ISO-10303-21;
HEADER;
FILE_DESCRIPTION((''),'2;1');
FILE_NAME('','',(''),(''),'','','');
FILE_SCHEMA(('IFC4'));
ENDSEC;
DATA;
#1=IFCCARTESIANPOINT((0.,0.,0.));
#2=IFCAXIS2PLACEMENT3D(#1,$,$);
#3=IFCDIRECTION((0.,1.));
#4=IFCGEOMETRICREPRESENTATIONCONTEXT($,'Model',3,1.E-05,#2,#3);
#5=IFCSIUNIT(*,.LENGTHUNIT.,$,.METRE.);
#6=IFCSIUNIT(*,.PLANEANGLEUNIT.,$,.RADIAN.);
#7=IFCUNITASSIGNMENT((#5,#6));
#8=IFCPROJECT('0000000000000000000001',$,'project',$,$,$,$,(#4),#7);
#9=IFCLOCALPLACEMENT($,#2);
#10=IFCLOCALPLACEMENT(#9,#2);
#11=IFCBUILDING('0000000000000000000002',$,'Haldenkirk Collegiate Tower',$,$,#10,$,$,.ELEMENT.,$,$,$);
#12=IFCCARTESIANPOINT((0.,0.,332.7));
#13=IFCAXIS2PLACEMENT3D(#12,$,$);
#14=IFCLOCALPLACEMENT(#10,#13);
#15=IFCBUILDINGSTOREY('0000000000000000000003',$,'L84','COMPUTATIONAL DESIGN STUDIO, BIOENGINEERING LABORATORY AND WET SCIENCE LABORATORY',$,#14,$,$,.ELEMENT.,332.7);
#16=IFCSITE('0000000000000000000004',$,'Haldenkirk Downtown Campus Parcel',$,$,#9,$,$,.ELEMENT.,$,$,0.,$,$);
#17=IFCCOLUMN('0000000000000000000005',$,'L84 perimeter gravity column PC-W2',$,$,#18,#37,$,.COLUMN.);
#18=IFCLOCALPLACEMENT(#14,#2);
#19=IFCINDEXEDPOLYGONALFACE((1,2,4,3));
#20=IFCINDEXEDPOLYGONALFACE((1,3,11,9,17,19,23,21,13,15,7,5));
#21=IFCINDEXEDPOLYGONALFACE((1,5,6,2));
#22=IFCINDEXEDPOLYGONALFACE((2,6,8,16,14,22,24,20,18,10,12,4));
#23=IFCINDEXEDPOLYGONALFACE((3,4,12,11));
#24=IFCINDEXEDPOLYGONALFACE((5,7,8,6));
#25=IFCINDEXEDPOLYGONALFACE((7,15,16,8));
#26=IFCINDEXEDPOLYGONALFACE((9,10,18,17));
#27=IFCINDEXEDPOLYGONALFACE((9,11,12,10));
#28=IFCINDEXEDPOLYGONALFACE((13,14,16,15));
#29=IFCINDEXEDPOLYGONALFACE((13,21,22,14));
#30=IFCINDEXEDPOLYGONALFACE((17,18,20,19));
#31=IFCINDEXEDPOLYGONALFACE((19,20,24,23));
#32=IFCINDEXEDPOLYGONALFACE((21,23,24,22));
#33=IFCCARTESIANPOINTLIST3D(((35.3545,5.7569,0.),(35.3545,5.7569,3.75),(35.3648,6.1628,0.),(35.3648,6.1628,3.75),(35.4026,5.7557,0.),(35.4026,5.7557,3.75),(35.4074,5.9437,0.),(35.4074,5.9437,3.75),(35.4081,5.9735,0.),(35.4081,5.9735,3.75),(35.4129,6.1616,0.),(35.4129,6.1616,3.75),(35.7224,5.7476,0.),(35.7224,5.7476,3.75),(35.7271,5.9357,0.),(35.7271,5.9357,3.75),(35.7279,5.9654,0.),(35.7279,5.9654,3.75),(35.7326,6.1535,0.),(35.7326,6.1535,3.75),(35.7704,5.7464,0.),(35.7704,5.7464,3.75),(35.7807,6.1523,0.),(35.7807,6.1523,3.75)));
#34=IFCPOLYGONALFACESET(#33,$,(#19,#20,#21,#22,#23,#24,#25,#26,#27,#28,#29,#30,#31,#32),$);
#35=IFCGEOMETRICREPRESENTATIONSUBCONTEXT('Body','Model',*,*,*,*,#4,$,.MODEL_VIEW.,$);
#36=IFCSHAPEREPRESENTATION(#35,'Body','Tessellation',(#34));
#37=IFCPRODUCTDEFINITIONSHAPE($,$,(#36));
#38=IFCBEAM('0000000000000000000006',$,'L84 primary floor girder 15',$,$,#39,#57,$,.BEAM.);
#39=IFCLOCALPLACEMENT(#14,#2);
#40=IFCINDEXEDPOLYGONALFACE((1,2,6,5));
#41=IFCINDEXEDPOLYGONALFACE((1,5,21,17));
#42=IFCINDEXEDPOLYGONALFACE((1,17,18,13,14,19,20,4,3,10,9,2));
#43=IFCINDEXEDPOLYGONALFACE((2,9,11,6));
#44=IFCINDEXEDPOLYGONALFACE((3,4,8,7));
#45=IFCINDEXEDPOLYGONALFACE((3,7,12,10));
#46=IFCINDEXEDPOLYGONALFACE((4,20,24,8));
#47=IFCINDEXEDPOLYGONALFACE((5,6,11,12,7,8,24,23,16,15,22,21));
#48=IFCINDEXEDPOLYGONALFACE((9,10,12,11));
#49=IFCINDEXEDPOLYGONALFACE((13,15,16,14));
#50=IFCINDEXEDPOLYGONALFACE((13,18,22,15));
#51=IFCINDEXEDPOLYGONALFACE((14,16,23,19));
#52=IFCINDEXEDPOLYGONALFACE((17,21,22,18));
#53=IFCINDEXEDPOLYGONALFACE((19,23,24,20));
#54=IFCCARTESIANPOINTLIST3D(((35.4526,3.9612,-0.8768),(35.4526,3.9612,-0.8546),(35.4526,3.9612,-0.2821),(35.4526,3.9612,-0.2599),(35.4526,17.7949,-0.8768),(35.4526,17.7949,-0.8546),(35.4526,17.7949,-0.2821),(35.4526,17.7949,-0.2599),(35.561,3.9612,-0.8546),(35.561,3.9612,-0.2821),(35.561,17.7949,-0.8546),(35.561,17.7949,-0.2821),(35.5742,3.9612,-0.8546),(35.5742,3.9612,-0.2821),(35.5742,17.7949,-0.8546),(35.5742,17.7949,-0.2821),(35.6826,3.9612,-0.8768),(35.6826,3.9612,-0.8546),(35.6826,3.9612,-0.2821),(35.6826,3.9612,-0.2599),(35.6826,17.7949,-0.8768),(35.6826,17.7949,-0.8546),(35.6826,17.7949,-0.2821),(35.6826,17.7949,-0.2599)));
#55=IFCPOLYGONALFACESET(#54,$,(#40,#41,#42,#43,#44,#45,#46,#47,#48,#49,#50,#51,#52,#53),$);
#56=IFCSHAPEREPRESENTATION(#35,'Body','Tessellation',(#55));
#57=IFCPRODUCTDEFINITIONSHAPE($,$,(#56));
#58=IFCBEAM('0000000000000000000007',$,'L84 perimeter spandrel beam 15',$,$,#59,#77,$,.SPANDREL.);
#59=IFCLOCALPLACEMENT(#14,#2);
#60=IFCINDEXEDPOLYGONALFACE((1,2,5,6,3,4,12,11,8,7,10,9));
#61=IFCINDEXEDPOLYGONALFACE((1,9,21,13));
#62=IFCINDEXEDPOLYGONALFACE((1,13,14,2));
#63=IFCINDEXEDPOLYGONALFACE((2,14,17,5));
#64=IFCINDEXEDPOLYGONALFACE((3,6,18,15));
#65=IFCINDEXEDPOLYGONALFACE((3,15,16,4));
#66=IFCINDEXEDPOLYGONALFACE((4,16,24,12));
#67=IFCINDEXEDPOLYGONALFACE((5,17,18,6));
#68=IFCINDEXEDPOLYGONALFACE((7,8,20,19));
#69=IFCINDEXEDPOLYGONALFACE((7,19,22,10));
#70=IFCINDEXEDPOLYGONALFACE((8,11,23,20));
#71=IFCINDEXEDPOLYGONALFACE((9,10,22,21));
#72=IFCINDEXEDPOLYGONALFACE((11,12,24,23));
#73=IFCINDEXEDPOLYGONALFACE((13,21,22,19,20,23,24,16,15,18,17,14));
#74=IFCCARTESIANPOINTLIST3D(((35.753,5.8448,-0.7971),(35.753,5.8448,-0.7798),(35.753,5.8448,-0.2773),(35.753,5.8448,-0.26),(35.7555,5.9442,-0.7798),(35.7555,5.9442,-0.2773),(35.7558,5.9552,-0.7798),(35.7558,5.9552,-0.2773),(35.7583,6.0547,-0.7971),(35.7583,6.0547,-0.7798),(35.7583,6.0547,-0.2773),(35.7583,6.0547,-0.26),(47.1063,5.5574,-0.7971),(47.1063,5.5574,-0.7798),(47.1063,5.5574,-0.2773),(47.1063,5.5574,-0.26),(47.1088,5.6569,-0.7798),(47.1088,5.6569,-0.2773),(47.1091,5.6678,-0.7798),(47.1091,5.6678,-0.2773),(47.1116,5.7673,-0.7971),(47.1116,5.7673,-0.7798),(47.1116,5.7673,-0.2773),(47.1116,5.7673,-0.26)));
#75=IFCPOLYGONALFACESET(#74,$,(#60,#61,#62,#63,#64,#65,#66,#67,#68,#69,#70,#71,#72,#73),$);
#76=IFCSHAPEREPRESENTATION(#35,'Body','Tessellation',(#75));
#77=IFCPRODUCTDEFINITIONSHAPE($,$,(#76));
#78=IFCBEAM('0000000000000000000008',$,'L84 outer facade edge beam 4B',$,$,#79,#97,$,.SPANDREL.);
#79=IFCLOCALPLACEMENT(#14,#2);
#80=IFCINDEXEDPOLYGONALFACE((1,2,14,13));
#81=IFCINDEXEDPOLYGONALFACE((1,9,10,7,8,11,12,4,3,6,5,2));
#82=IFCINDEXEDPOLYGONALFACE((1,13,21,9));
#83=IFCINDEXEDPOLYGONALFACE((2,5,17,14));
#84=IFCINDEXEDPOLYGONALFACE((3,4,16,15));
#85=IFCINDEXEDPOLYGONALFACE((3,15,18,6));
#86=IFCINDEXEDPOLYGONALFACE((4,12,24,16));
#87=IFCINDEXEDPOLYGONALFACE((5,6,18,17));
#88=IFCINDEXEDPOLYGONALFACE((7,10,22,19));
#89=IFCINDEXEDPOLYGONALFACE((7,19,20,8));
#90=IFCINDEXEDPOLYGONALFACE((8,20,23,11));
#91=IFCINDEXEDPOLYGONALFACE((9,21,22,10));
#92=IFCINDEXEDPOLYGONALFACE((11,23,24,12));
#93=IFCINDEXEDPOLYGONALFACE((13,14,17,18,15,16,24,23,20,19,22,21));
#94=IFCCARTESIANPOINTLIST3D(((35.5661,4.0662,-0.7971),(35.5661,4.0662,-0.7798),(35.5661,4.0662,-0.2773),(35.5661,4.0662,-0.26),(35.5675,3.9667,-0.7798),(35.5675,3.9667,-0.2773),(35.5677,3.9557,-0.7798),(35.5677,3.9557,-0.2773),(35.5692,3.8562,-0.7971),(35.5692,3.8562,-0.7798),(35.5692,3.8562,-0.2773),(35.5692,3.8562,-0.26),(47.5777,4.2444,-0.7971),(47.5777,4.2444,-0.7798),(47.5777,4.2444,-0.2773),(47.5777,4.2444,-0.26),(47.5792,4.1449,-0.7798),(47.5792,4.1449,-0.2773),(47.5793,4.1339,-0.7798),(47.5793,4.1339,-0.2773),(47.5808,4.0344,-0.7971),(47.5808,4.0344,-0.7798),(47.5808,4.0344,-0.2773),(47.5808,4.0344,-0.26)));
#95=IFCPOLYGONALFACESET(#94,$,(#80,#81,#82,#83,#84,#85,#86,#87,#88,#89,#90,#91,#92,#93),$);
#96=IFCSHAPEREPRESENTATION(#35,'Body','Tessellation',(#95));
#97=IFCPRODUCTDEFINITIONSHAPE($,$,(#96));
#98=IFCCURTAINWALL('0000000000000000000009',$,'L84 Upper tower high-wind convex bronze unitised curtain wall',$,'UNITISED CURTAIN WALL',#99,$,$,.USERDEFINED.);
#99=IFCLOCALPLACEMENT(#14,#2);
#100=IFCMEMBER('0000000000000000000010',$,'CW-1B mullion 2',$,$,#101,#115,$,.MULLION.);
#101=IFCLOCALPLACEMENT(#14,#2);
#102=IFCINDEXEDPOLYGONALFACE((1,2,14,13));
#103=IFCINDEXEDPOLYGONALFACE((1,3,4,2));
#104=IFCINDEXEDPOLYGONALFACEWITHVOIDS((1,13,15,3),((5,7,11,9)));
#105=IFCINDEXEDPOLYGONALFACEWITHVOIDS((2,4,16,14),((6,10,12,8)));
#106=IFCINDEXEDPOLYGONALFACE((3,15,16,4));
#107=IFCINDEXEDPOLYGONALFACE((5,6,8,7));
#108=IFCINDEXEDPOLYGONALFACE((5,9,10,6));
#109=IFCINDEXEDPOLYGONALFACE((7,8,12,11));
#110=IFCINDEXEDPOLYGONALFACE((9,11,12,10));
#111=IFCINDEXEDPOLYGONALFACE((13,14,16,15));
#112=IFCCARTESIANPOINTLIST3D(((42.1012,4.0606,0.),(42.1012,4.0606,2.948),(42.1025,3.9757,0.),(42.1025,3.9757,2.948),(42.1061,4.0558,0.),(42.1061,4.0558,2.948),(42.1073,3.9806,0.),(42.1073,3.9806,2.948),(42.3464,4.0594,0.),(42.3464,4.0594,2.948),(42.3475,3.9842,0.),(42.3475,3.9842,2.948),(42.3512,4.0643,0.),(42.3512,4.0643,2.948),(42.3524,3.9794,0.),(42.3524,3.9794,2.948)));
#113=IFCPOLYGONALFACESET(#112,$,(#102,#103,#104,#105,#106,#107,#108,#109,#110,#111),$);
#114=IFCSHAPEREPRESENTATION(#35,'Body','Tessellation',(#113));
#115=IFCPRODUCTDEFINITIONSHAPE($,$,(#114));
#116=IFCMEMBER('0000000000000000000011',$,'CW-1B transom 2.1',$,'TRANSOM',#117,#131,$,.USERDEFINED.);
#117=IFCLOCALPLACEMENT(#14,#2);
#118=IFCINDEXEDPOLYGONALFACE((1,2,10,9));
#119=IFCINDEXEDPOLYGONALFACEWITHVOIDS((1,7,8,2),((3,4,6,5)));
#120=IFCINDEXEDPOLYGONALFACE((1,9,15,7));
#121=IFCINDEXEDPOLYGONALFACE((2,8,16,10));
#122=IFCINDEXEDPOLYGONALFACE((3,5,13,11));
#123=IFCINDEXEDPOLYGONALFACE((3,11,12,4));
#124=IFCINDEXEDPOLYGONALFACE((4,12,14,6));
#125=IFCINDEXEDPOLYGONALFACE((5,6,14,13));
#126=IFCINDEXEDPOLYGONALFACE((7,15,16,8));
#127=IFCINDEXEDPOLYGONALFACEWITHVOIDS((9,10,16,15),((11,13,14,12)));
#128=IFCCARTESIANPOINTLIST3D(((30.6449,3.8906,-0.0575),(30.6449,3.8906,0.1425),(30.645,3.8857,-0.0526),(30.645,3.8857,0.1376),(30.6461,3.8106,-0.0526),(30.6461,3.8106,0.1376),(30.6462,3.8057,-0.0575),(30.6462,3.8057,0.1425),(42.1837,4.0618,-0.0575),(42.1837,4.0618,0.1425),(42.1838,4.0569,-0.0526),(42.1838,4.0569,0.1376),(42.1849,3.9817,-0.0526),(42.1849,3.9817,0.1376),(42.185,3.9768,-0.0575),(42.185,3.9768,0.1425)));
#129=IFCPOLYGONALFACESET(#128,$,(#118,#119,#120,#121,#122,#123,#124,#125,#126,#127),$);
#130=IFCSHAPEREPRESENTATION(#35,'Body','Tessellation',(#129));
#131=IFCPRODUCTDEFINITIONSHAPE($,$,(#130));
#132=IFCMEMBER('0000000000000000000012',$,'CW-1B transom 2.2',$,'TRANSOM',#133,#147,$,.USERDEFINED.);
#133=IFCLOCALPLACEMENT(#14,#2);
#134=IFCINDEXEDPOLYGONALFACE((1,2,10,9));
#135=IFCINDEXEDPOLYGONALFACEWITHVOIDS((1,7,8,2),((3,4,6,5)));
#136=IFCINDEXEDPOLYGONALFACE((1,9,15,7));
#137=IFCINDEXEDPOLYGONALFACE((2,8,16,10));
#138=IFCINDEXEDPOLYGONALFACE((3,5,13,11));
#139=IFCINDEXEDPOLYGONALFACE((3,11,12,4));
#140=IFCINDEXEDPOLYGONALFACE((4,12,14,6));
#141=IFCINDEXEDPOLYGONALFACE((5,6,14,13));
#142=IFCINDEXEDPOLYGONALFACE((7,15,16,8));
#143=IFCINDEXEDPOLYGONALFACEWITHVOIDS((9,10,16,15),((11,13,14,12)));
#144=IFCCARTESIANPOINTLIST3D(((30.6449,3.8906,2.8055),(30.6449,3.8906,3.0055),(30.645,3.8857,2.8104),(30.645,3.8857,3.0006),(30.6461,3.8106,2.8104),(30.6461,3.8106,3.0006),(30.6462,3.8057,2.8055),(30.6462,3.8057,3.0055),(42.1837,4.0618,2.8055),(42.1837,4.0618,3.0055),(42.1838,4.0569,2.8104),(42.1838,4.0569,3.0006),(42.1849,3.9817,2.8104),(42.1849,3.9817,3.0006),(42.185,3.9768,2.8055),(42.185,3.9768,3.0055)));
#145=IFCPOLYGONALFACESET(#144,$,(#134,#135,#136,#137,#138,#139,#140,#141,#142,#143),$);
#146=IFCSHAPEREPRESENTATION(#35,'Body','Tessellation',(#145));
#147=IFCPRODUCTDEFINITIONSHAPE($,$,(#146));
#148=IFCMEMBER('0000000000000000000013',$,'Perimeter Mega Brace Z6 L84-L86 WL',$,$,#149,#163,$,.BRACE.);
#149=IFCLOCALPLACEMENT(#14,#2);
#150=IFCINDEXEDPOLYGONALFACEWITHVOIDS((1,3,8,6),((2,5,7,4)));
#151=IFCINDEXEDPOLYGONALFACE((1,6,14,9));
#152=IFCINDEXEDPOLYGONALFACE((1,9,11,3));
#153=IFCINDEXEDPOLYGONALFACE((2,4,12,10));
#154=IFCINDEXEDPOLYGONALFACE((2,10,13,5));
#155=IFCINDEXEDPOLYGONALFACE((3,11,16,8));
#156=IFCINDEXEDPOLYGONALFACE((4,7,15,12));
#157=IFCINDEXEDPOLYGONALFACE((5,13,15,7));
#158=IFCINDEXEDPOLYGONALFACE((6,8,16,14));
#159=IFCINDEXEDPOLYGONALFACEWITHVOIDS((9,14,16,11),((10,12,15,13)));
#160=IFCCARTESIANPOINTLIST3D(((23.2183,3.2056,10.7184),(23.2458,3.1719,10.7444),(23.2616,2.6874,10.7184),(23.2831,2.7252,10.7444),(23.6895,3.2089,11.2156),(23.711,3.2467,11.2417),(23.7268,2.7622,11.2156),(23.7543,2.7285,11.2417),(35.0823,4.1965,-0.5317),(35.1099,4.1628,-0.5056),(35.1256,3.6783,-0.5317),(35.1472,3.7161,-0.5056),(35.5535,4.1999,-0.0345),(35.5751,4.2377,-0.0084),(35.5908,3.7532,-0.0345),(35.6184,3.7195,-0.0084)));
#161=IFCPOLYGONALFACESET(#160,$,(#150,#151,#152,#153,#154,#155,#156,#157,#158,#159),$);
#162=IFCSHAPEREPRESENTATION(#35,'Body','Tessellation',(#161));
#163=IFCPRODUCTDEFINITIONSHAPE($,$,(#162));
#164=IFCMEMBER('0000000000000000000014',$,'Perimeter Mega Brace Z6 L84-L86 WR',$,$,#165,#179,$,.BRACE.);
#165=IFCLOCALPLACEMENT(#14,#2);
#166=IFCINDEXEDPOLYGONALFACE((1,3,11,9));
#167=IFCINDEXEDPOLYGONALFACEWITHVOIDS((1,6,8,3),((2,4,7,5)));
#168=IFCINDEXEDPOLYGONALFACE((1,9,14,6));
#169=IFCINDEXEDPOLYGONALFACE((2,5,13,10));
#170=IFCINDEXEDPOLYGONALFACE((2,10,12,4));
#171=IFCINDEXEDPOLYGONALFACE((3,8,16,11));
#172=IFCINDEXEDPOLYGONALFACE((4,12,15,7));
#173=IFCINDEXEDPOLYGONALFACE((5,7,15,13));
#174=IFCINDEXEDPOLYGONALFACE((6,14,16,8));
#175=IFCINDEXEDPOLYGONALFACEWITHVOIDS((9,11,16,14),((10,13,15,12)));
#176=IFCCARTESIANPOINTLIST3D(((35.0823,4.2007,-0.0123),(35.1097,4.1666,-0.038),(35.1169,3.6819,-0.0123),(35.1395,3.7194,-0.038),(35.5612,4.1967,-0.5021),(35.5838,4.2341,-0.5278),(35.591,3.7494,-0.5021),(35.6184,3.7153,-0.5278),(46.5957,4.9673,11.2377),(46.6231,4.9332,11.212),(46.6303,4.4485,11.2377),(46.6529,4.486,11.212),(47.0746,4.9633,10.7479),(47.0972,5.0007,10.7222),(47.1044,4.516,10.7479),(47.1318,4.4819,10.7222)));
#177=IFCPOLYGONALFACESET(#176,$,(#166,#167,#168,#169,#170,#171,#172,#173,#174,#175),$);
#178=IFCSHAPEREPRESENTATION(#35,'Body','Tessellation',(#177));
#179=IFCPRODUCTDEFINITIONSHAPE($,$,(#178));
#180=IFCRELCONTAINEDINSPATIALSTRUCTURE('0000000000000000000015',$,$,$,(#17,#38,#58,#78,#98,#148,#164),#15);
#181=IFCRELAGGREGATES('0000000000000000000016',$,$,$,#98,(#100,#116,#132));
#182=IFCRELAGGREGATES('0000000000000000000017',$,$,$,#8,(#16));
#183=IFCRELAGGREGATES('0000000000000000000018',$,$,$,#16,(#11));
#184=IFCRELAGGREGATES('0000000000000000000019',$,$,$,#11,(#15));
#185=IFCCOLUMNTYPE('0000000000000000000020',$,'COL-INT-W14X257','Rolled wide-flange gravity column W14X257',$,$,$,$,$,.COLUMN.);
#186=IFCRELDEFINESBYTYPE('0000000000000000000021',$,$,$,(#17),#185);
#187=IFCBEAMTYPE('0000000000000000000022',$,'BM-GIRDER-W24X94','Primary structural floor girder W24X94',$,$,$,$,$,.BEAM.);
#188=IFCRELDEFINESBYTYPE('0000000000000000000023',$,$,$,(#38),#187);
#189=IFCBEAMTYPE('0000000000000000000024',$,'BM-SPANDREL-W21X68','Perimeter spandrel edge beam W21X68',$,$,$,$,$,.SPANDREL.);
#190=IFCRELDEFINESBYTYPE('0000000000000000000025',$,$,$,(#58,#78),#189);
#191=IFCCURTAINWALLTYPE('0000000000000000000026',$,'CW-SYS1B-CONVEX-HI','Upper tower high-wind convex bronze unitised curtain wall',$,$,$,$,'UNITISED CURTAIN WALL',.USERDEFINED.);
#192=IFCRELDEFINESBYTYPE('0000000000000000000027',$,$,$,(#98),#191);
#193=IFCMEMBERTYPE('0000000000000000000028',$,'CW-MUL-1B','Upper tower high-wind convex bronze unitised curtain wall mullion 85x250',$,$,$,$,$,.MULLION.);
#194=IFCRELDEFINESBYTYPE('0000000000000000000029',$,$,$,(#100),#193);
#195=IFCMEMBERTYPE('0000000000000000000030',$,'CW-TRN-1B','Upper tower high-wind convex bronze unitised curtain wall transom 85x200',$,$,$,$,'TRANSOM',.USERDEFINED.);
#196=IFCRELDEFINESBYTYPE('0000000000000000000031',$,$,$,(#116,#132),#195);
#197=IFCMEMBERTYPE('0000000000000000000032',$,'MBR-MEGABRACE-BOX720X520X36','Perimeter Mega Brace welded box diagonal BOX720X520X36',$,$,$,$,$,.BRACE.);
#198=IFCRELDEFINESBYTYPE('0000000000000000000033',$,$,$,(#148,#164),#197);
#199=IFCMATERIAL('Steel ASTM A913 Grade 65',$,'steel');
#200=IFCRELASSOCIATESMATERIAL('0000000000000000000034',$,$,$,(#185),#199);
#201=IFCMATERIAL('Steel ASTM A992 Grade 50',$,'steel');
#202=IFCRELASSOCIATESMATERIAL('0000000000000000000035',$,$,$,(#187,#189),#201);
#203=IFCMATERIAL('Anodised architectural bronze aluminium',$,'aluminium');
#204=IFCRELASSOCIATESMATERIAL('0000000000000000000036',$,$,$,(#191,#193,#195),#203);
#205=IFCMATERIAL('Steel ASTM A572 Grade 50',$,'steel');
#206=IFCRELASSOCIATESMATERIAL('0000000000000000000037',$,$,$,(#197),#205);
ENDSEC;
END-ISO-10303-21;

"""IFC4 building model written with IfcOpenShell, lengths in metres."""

from ifc_helpers import new_model, si_unit, direction, frame, origin, origin_2d, place, context, subcontext, project, spatial, hollow_rectangle, i_section, extrude, material, material_profile, profile_set, type_object, element, aggregate, save


model = new_model("IFC4")

# Units and contexts
model_context = context("Model", 3, precision=1e-05, world=origin(), true_north=direction((0.0, 1.0)))
body_context = subcontext(model_context, "Body", "Model", "MODEL_VIEW")
ifc_project = project(units=[si_unit("LENGTHUNIT", "METRE"), si_unit("PLANEANGLEUNIT", "RADIAN")], contexts=[model_context])

# Site, building, storey
site_placement = place(None, origin())
site = spatial("IfcSite", under=ifc_project, at=site_placement, Name="Haldenkirk Downtown Campus Parcel", CompositionType="ELEMENT", RefElevation=0.0)
building_placement = place(site_placement, origin())
building = spatial("IfcBuilding", under=site, at=building_placement, Name="Haldenkirk Collegiate Tower", CompositionType="ELEMENT")
storey_placement = place(building_placement, frame((0.0, 0.0, 332.7)))
storey = spatial("IfcBuildingStorey", under=building, at=storey_placement, Name="L84", Description="COMPUTATIONAL DESIGN STUDIO, BIOENGINEERING LABORATORY AND WET SCIENCE LABORATORY", CompositionType="ELEMENT", Elevation=332.7)

# Column
ifc_material_1 = material(Name="Steel ASTM A913 Grade 65", Category="steel")
ifc_material_profile_1 = material_profile(ifc_material_1, i_section(OverallWidth=0.406, OverallDepth=0.416, WebThickness=0.0298, FlangeThickness=0.0481, at=origin_2d()), Name="W14X257")
ifc_profile_set_1 = profile_set([ifc_material_profile_1], Name="Steel ASTM A913 Grade 65")
column_type = type_object("IfcColumnType", Name="COL-INT-W14X257", Description="Rolled wide-flange gravity column W14X257", PredefinedType="COLUMN", material=ifc_profile_set_1)
column_placement = place(storey_placement, frame((35.5676, 5.9546, 0.0), z_axis=(0.0, 0.0, 1.0), x_axis=(0.025305, 0.99968, 0.0)))
element("IfcColumn", 1, at=column_placement, inside=storey, type_object=column_type, Name="L84 perimeter gravity column PC-W2", PredefinedType="COLUMN", context=body_context, shape_type="SweptSolid", body=[
    extrude(i_section(OverallWidth=0.406, OverallDepth=0.416, WebThickness=0.0298, FlangeThickness=0.0481, at=origin_2d()), origin(), (0.0, 0.0, 1.0), 3.75),
])

# Beams
ifc_material_2 = material(Name="Steel ASTM A992 Grade 50", Category="steel")
ifc_material_profile_2 = material_profile(ifc_material_2, i_section(OverallWidth=0.23, OverallDepth=0.6169, WebThickness=0.0132, FlangeThickness=0.0222, at=origin_2d()), Name="W24X94")
ifc_profile_set_2 = profile_set([ifc_material_profile_2], Name="Steel ASTM A992 Grade 50")
beam_type_1 = type_object("IfcBeamType", Name="BM-GIRDER-W24X94", Description="Primary structural floor girder W24X94", PredefinedType="BEAM", material=ifc_profile_set_2)
beam_1_placement = place(storey_placement, frame((35.5676, 3.9612, -0.5684), z_axis=(0.0, 1.0, 0.0), x_axis=(-1.0, 0.0, 0.0)))
element("IfcBeam", 2, at=beam_1_placement, inside=storey, type_object=beam_type_1, Name="L84 primary floor girder 15", PredefinedType="BEAM", context=body_context, shape_type="SweptSolid", body=[
    extrude(i_section(OverallWidth=0.23, OverallDepth=0.6169, WebThickness=0.0132, FlangeThickness=0.0222, at=origin_2d()), origin(), (0.0, 0.0, 1.0), 13.8337),
])
ifc_material_profile_3 = material_profile(ifc_material_2, i_section(OverallWidth=0.21, OverallDepth=0.5371, WebThickness=0.011, FlangeThickness=0.0173, at=origin_2d()), Name="W21X68")
ifc_profile_set_3 = profile_set([ifc_material_profile_3], Name="Steel ASTM A992 Grade 50")
beam_type_2 = type_object("IfcBeamType", Name="BM-SPANDREL-W21X68", Description="Perimeter spandrel edge beam W21X68", PredefinedType="SPANDREL", material=ifc_profile_set_3)
beam_2_placement = place(storey_placement, frame((35.7556, 5.9497, -0.5286), z_axis=(0.99968, -0.025302, 0.0), x_axis=(0.025302, 0.99968, 0.0)))
element("IfcBeam", 3, at=beam_2_placement, inside=storey, type_object=beam_type_2, Name="L84 perimeter spandrel beam 15", PredefinedType="SPANDREL", context=body_context, shape_type="SweptSolid", body=[
    extrude(i_section(OverallWidth=0.21, OverallDepth=0.5371, WebThickness=0.011, FlangeThickness=0.0173, at=origin_2d()), origin(), (0.0, 0.0, 1.0), 11.3569),
])
beam_3_placement = place(storey_placement, frame((35.5676, 3.9612, -0.5286), z_axis=(0.99989, 0.014836, 0.0), x_axis=(-0.014836, 0.99989, 0.0)))
element("IfcBeam", 4, at=beam_3_placement, inside=storey, type_object=beam_type_2, Name="L84 outer facade edge beam 4B", PredefinedType="SPANDREL", context=body_context, shape_type="SweptSolid", body=[
    extrude(i_section(OverallWidth=0.21, OverallDepth=0.5371, WebThickness=0.011, FlangeThickness=0.0173, at=origin_2d()), origin(), (0.0, 0.0, 1.0), 12.0129),
])

# Curtain wall, members
ifc_material_3 = material(Name="Anodised architectural bronze aluminium", Category="aluminium")
curtain_wall_type = type_object("IfcCurtainWallType", Name="CW-SYS1B-CONVEX-HI", Description="Upper tower high-wind convex bronze unitised curtain wall", ElementType="UNITISED CURTAIN WALL", PredefinedType="USERDEFINED", material=ifc_material_3)
curtain_wall_placement = place(storey_placement, origin())
curtain_wall = element("IfcCurtainWall", 5, at=curtain_wall_placement, inside=storey, type_object=curtain_wall_type, Name="L84 Upper tower high-wind convex bronze unitised curtain wall", ObjectType="UNITISED CURTAIN WALL", PredefinedType="USERDEFINED")
ifc_material_profile_4 = material_profile(ifc_material_3, hollow_rectangle(XDim=0.085, YDim=0.25, WallThickness=0.0049, at=origin_2d()), Name="CW-MUL-1B")
ifc_profile_set_4 = profile_set([ifc_material_profile_4], Name="Anodised architectural bronze aluminium")
member_type_1 = type_object("IfcMemberType", Name="CW-MUL-1B", Description="Upper tower high-wind convex bronze unitised curtain wall mullion 85x250", PredefinedType="MULLION", material=ifc_profile_set_4)
member_1_placement = place(storey_placement, frame((42.2268, 4.02, 0.0), z_axis=(0.0, 0.0, 1.0), x_axis=(0.014833, -0.99989, 0.0)))
member_1 = element("IfcMember", 6, at=member_1_placement, type_object=member_type_1, Name="CW-1B mullion 2", PredefinedType="MULLION", context=body_context, shape_type="SweptSolid", body=[
    extrude(hollow_rectangle(XDim=0.085, YDim=0.25, WallThickness=0.0049, at=origin_2d()), origin(), (0.0, 0.0, 1.0), 2.948),
])
ifc_material_profile_5 = material_profile(ifc_material_3, hollow_rectangle(XDim=0.085, YDim=0.2, WallThickness=0.0049, at=origin_2d()), Name="CW-TRN-1B")
ifc_profile_set_5 = profile_set([ifc_material_profile_5], Name="Anodised architectural bronze aluminium")
member_type_2 = type_object("IfcMemberType", Name="CW-TRN-1B", Description="Upper tower high-wind convex bronze unitised curtain wall transom 85x200", ElementType="TRANSOM", PredefinedType="USERDEFINED", material=ifc_profile_set_5)
member_2_placement = place(storey_placement, frame((42.1843, 4.0193, 0.0425), z_axis=(-0.99989, -0.01483, 0.0), x_axis=(0.01483, -0.99989, 0.0)))
member_2 = element("IfcMember", 7, at=member_2_placement, type_object=member_type_2, Name="CW-1B transom 2.1", ObjectType="TRANSOM", PredefinedType="USERDEFINED", context=body_context, shape_type="SweptSolid", body=[
    extrude(hollow_rectangle(XDim=0.085, YDim=0.2, WallThickness=0.0049, at=origin_2d()), origin(), (0.0, 0.0, 1.0), 11.54),
])
member_3_placement = place(storey_placement, frame((42.1843, 4.0193, 2.9055), z_axis=(-0.99989, -0.01483, 0.0), x_axis=(0.01483, -0.99989, 0.0)))
member_3 = element("IfcMember", 8, at=member_3_placement, type_object=member_type_2, Name="CW-1B transom 2.2", ObjectType="TRANSOM", PredefinedType="USERDEFINED", context=body_context, shape_type="SweptSolid", body=[
    extrude(hollow_rectangle(XDim=0.085, YDim=0.2, WallThickness=0.0049, at=origin_2d()), origin(), (0.0, 0.0, 1.0), 11.54),
])

# Members
ifc_material_4 = material(Name="Steel ASTM A572 Grade 50", Category="steel")
ifc_material_profile_6 = material_profile(ifc_material_4, hollow_rectangle(XDim=0.52, YDim=0.72, WallThickness=0.0359, at=origin_2d()), Name="BOX720X520X36")
ifc_profile_set_6 = profile_set([ifc_material_profile_6], Name="Steel ASTM A572 Grade 50")
member_type_3 = type_object("IfcMemberType", Name="MBR-MEGABRACE-BOX720X520X36", Description="Perimeter Mega Brace welded box diagonal BOX720X520X36", PredefinedType="BRACE", material=ifc_profile_set_6)
member_4_placement = place(storey_placement, frame((35.3503, 3.958, -0.27), z_axis=(-0.724306, -0.060499, 0.68682), x_axis=(0.083237, -0.99653, 0.0)))
element("IfcMember", 9, at=member_4_placement, inside=storey, type_object=member_type_3, Name="Perimeter Mega Brace Z6 L84-L86 WL", PredefinedType="BRACE", context=body_context, shape_type="SweptSolid", body=[
    extrude(hollow_rectangle(XDim=0.52, YDim=0.72, WallThickness=0.0359, at=origin_2d()), origin(), (0.0, 0.0, 1.0), 16.3799),
])
member_5_placement = place(storey_placement, frame((35.3503, 3.958, -0.27), z_axis=(0.714432, 0.047569, 0.698086), x_axis=(-0.066436, 0.997791, 0.0)))
element("IfcMember", 10, at=member_5_placement, inside=storey, type_object=member_type_3, Name="Perimeter Mega Brace Z6 L84-L86 WR", PredefinedType="BRACE", context=body_context, shape_type="SweptSolid", body=[
    extrude(hollow_rectangle(XDim=0.52, YDim=0.72, WallThickness=0.0359, at=origin_2d()), origin(), (0.0, 0.0, 1.0), 16.1155),
])

aggregate(curtain_wall, [member_1, member_2, member_3])

save(model, "model.ifc")
